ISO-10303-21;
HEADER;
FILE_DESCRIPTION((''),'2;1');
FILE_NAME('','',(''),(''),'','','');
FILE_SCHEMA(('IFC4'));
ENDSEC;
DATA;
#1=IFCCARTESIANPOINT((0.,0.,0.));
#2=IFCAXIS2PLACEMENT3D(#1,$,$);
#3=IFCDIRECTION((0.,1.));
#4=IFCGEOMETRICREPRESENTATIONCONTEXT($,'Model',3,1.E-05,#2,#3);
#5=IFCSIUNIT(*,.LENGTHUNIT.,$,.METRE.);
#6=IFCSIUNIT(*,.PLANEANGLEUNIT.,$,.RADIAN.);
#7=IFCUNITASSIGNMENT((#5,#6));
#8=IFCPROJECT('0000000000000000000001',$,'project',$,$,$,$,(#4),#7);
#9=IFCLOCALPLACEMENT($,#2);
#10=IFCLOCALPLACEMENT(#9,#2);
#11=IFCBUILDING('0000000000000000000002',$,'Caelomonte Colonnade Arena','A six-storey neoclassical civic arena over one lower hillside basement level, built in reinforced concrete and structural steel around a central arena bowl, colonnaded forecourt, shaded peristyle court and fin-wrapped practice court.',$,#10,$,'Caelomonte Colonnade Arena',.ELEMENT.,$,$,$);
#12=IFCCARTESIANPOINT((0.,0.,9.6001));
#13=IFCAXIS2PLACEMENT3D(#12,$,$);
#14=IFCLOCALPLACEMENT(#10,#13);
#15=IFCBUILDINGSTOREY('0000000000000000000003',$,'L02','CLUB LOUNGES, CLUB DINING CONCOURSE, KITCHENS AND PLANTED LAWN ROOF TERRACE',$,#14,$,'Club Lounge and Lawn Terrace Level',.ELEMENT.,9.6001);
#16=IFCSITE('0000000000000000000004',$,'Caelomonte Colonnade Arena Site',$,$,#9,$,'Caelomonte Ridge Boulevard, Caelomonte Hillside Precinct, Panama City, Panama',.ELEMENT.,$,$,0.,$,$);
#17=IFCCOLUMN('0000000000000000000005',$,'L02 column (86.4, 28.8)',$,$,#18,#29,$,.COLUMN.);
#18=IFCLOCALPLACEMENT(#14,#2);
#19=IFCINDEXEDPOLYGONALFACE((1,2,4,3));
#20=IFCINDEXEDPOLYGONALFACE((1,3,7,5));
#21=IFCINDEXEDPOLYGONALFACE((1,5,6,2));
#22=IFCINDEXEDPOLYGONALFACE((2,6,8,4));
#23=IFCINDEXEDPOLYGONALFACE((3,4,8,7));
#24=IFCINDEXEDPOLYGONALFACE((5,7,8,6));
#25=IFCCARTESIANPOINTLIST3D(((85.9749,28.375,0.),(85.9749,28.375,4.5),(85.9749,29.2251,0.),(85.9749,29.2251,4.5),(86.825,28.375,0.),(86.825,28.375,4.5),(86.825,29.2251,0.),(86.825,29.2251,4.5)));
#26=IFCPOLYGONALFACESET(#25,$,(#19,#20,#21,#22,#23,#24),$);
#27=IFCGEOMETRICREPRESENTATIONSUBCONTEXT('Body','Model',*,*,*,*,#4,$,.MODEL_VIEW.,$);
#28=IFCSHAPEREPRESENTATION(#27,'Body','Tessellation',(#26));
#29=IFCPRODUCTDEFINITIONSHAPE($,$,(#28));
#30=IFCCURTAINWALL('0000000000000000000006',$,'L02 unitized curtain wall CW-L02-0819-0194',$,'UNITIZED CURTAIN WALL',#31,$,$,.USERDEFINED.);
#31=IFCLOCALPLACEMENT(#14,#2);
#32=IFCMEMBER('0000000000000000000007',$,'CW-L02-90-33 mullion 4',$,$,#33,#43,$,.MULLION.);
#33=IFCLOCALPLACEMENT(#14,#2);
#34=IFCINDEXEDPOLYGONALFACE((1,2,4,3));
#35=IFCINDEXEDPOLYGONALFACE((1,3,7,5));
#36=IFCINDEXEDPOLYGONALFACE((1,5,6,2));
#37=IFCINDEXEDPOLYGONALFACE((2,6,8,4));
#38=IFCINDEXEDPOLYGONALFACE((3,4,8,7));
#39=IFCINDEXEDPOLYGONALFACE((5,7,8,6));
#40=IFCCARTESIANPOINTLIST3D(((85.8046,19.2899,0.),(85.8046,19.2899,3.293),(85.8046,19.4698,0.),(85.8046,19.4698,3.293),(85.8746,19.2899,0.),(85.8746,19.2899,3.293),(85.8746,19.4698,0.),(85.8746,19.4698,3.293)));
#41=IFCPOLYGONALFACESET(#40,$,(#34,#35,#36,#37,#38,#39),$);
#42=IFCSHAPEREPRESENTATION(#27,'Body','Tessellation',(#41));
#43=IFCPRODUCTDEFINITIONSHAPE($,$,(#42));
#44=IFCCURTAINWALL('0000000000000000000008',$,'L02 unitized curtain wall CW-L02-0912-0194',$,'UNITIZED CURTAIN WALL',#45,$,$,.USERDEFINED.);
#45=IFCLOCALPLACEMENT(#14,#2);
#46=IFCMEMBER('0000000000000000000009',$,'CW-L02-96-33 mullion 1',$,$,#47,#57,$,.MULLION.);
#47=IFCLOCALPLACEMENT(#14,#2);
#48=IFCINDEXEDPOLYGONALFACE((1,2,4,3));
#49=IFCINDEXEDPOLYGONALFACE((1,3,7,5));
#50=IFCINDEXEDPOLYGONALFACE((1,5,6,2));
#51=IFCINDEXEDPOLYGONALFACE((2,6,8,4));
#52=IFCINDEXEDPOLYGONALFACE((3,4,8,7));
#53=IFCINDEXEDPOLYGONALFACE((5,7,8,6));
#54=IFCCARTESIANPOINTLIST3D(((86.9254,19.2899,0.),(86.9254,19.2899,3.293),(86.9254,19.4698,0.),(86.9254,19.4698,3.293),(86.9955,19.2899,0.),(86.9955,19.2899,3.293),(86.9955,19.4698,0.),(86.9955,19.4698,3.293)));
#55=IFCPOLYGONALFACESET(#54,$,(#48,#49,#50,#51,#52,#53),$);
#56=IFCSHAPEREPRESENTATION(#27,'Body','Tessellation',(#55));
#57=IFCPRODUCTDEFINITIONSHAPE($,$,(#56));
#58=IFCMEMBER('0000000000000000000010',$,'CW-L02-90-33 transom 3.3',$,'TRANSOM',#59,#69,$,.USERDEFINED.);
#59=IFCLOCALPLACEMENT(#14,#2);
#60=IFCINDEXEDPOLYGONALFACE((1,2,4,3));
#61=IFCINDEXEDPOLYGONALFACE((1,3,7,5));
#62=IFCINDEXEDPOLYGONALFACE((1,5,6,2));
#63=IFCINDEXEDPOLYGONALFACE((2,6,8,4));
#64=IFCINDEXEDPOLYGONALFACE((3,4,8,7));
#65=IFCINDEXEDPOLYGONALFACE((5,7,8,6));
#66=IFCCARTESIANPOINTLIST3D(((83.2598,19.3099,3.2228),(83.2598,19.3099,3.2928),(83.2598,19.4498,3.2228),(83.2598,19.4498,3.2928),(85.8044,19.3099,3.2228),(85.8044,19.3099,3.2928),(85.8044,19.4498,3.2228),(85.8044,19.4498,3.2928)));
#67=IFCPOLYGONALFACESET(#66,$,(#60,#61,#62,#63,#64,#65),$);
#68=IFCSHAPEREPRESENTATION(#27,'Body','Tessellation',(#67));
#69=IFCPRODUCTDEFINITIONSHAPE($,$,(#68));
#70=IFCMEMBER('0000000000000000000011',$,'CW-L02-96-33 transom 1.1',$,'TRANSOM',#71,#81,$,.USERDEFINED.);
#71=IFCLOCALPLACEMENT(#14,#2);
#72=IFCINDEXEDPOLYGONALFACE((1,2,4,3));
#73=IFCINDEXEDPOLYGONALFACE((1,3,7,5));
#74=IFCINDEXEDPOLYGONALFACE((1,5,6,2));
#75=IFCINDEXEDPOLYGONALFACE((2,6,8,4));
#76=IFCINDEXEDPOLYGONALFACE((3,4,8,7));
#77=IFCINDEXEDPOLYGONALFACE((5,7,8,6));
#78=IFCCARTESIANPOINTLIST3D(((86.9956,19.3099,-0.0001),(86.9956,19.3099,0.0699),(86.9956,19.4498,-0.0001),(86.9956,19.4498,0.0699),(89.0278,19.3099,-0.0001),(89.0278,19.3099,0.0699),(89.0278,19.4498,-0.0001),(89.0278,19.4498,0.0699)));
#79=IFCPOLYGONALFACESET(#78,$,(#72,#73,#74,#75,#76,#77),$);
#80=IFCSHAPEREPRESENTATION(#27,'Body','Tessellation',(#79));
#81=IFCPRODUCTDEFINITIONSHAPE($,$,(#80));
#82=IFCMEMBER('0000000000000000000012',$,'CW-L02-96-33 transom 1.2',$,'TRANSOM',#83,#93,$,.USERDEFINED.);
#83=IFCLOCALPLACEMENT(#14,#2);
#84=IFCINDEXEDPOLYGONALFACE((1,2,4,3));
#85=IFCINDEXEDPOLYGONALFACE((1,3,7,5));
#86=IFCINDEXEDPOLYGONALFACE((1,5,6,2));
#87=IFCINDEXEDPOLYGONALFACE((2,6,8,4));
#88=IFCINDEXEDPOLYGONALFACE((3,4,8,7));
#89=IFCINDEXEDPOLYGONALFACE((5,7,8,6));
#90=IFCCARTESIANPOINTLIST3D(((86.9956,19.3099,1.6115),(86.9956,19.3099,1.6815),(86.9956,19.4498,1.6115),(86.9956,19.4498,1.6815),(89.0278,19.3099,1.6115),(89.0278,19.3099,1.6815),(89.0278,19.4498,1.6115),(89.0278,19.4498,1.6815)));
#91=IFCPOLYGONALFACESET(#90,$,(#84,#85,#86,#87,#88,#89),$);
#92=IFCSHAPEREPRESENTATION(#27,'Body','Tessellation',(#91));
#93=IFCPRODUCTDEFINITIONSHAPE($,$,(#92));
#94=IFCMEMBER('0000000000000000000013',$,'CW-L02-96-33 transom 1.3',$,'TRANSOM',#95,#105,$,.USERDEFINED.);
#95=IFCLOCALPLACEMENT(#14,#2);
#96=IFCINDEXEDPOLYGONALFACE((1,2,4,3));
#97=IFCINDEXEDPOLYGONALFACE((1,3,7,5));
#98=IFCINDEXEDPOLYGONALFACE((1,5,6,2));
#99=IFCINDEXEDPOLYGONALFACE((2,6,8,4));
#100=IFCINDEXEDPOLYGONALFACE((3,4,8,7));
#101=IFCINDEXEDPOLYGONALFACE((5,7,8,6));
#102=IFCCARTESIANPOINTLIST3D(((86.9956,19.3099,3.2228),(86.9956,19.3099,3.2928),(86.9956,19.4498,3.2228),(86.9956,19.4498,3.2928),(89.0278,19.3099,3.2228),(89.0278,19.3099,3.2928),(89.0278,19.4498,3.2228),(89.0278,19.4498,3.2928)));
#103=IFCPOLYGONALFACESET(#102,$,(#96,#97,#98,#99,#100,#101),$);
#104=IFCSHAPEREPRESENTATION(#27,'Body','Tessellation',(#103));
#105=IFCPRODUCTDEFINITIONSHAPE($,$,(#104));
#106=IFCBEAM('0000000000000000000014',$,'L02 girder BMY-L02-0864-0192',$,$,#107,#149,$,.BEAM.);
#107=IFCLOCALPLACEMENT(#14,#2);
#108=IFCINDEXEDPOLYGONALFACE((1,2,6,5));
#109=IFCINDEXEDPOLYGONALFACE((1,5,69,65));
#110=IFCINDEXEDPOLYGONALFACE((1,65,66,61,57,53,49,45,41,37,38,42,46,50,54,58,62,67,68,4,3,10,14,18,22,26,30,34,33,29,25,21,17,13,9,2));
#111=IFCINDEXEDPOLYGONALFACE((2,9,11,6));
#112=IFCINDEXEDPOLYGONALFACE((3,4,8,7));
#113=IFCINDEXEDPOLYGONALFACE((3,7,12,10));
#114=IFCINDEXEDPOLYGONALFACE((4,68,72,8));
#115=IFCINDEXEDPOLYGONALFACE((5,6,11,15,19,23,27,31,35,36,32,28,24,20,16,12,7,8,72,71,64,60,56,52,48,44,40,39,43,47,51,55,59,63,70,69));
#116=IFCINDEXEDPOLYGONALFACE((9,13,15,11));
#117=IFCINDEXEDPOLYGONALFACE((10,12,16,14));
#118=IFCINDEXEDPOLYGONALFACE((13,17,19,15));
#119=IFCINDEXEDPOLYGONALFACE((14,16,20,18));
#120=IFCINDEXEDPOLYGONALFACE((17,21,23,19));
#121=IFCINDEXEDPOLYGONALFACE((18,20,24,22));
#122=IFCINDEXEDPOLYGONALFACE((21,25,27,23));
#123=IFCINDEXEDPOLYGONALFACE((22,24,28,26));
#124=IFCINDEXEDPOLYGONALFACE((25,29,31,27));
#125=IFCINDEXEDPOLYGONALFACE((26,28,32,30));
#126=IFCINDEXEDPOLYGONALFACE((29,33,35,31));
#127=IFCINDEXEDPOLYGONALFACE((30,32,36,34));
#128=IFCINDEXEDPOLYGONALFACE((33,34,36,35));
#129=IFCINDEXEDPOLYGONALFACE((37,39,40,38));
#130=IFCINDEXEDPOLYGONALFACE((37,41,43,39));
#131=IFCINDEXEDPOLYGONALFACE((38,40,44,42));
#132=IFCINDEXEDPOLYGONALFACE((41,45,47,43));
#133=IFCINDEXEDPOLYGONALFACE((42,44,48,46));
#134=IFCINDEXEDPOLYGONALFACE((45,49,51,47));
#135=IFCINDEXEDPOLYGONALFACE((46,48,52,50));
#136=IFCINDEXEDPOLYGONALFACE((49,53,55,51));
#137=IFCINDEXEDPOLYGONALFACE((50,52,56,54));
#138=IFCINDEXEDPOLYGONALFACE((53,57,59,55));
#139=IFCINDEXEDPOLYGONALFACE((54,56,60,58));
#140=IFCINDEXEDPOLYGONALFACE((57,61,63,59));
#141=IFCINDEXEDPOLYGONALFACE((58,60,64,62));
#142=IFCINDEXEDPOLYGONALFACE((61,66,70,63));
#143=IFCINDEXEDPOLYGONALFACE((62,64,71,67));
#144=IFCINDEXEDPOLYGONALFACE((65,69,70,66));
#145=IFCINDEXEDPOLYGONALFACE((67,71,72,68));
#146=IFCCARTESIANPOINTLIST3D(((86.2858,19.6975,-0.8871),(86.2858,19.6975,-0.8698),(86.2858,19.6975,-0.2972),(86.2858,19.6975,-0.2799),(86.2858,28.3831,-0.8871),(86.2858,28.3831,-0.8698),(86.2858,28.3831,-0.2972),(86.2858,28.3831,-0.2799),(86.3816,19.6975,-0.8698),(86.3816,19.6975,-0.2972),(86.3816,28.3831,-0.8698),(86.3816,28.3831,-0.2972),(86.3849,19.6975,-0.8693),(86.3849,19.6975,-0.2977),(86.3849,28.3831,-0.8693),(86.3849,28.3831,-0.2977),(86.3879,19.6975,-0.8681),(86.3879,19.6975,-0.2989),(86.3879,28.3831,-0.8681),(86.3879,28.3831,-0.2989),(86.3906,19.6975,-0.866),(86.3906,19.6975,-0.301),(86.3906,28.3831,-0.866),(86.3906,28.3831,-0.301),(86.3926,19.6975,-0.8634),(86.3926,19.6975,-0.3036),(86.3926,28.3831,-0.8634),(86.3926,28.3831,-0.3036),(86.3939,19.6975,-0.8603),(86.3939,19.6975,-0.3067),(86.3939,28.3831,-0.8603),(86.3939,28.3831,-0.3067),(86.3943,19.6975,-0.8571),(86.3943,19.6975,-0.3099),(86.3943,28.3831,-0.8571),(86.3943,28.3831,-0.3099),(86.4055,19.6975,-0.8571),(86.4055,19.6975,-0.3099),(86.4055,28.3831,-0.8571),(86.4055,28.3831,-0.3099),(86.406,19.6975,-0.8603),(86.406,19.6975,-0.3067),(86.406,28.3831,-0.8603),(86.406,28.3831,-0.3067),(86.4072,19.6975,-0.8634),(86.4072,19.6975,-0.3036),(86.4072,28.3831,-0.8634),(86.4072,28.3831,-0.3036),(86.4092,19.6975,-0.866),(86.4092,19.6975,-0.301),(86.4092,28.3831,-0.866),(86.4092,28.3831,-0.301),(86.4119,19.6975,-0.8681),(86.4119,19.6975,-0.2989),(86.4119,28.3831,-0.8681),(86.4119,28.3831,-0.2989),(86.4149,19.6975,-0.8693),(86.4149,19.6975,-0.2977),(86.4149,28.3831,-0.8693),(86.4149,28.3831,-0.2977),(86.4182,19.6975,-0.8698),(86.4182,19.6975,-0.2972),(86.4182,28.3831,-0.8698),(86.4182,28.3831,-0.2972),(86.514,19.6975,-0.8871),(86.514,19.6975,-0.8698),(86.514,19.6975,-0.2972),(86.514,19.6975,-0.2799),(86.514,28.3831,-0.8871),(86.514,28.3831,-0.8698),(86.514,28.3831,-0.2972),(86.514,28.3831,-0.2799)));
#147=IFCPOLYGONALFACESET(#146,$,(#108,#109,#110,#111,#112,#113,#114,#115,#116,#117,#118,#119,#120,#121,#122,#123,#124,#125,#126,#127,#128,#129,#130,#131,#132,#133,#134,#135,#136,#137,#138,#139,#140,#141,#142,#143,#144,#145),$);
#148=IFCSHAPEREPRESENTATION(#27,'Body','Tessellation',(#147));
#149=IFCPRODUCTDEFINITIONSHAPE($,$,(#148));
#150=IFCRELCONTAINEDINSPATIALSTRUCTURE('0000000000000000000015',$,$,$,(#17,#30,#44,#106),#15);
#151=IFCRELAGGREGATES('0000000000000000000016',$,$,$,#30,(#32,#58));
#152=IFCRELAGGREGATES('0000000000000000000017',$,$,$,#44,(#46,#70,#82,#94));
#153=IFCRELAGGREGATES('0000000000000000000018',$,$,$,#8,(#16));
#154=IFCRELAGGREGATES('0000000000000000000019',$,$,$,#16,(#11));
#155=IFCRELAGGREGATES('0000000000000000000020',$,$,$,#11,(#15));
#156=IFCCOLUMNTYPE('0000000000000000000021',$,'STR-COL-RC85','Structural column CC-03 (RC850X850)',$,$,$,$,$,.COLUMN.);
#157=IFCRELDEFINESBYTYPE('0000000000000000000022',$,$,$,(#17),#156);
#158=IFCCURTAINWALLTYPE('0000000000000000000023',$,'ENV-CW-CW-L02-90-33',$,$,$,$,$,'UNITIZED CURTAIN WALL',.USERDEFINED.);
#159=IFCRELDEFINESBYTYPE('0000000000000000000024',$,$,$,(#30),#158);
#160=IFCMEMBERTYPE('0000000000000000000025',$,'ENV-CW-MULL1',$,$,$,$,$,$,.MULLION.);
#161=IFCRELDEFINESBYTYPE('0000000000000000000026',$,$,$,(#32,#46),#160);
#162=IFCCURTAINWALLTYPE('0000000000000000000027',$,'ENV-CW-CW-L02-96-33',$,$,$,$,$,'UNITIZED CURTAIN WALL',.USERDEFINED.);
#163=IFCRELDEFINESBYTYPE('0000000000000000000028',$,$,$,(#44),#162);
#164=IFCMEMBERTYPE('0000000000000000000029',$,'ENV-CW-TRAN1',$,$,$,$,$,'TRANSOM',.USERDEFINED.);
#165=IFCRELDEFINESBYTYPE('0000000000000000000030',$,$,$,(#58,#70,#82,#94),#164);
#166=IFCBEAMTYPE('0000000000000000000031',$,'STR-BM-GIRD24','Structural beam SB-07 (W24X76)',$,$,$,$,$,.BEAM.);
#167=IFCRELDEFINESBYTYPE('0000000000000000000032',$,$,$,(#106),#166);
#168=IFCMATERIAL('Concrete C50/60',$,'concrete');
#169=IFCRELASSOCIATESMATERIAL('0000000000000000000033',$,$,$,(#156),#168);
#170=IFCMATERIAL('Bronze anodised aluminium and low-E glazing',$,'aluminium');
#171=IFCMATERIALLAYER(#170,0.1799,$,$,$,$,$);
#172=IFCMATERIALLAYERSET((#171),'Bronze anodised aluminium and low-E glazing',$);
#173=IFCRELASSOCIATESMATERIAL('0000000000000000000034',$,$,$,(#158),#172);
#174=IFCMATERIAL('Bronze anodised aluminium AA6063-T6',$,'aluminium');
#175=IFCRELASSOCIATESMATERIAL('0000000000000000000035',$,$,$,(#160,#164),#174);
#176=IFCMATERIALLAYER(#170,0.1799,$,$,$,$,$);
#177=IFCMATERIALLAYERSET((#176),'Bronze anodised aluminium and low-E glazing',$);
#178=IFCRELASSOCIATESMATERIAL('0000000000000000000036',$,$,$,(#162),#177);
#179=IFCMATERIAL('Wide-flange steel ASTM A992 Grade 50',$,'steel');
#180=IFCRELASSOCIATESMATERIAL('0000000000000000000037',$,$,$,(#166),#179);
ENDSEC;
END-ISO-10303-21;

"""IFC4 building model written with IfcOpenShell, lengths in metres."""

from ifc_helpers import new_model, si_unit, direction, frame, origin, origin_2d, place, context, subcontext, project, spatial, rectangle, i_section, extrude, material, layer, layer_set, material_profile, profile_set, type_object, element, aggregate, save


model = new_model("IFC4")

# Units and contexts
model_context = context("Model", 3, precision=1e-05, world=origin(), true_north=direction((0.0, 1.0)))
body_context = subcontext(model_context, "Body", "Model", "MODEL_VIEW")
ifc_project = project(units=[si_unit("LENGTHUNIT", "METRE"), si_unit("PLANEANGLEUNIT", "RADIAN")], contexts=[model_context])

# Site, building, storey
site_placement = place(None, origin())
site = spatial("IfcSite", under=ifc_project, at=site_placement, Name="Caelomonte Colonnade Arena Site", LongName="Caelomonte Ridge Boulevard, Caelomonte Hillside Precinct, Panama City, Panama", CompositionType="ELEMENT", RefElevation=0.0)
building_placement = place(site_placement, origin())
building = spatial("IfcBuilding", under=site, at=building_placement, Name="Caelomonte Colonnade Arena", Description="A six-storey neoclassical civic arena over one lower hillside basement level, built in reinforced concrete and structural steel around a central arena bowl, colonnaded forecourt, shaded peristyle court and fin-wrapped practice court.", LongName="Caelomonte Colonnade Arena", CompositionType="ELEMENT")
storey_placement = place(building_placement, frame((0.0, 0.0, 9.6001)))
storey = spatial("IfcBuildingStorey", under=building, at=storey_placement, Name="L02", Description="CLUB LOUNGES, CLUB DINING CONCOURSE, KITCHENS AND PLANTED LAWN ROOF TERRACE", LongName="Club Lounge and Lawn Terrace Level", CompositionType="ELEMENT", Elevation=9.6001)

# Column
ifc_material_1 = material(Name="Concrete C50/60", Category="concrete")
ifc_material_profile_1 = material_profile(ifc_material_1, rectangle(XDim=0.8501, YDim=0.8501, at=origin_2d()), Name="RC850X850")
ifc_profile_set_1 = profile_set([ifc_material_profile_1], Name="Concrete C50/60")
column_type = type_object("IfcColumnType", Name="STR-COL-RC85", Description="Structural column CC-03 (RC850X850)", PredefinedType="COLUMN", material=ifc_profile_set_1)
column_placement = place(storey_placement, frame((86.3999, 28.8, 0.0), z_axis=(0.0, 0.0, 1.0), x_axis=(1.0, 0.0, 0.0)))
element("IfcColumn", 1, at=column_placement, inside=storey, type_object=column_type, Name="L02 column (86.4, 28.8)", PredefinedType="COLUMN", context=body_context, shape_type="SweptSolid", body=[
    extrude(rectangle(XDim=0.8501, YDim=0.8501, at=origin_2d()), origin(), (0.0, 0.0, 1.0), 4.5),
])

# Curtain walls, members
ifc_material_2 = material(Name="Bronze anodised aluminium and low-E glazing", Category="aluminium")
ifc_layer_1 = layer(ifc_material_2, 0.1799)
ifc_layer_set_1 = layer_set([ifc_layer_1], Name="Bronze anodised aluminium and low-E glazing")
curtain_wall_type_1 = type_object("IfcCurtainWallType", Name="ENV-CW-CW-L02-90-33", ElementType="UNITIZED CURTAIN WALL", PredefinedType="USERDEFINED", material=ifc_layer_set_1)
curtain_wall_1_placement = place(storey_placement, origin())
curtain_wall_1 = element("IfcCurtainWall", 2, at=curtain_wall_1_placement, inside=storey, type_object=curtain_wall_type_1, Name="L02 unitized curtain wall CW-L02-0819-0194", ObjectType="UNITIZED CURTAIN WALL", PredefinedType="USERDEFINED")
ifc_material_3 = material(Name="Bronze anodised aluminium AA6063-T6", Category="aluminium")
ifc_material_profile_2 = material_profile(ifc_material_3, rectangle(XDim=0.0701, YDim=0.1799, at=origin_2d()), Name="CWM-70X180")
ifc_profile_set_2 = profile_set([ifc_material_profile_2], Name="Bronze anodised aluminium AA6063-T6")
member_type_1 = type_object("IfcMemberType", Name="ENV-CW-MULL1", PredefinedType="MULLION", material=ifc_profile_set_2)
member_1_placement = place(storey_placement, frame((85.8396, 19.3799, 0.0), z_axis=(0.0, 0.0, 1.0), x_axis=(1.0, 0.0, 0.0)))
member_1 = element("IfcMember", 3, at=member_1_placement, type_object=member_type_1, Name="CW-L02-90-33 mullion 4", PredefinedType="MULLION", context=body_context, shape_type="SweptSolid", body=[
    extrude(rectangle(XDim=0.0701, YDim=0.1799, at=origin_2d()), origin(), (0.0, 0.0, 1.0), 3.293),
])
ifc_layer_2 = layer(ifc_material_2, 0.1799)
ifc_layer_set_2 = layer_set([ifc_layer_2], Name="Bronze anodised aluminium and low-E glazing")
curtain_wall_type_2 = type_object("IfcCurtainWallType", Name="ENV-CW-CW-L02-96-33", ElementType="UNITIZED CURTAIN WALL", PredefinedType="USERDEFINED", material=ifc_layer_set_2)
curtain_wall_2_placement = place(storey_placement, origin())
curtain_wall_2 = element("IfcCurtainWall", 4, at=curtain_wall_2_placement, inside=storey, type_object=curtain_wall_type_2, Name="L02 unitized curtain wall CW-L02-0912-0194", ObjectType="UNITIZED CURTAIN WALL", PredefinedType="USERDEFINED")
member_2_placement = place(storey_placement, frame((86.9604, 19.3799, 0.0), z_axis=(0.0, 0.0, 1.0), x_axis=(1.0, 0.0, 0.0)))
member_2 = element("IfcMember", 5, at=member_2_placement, type_object=member_type_1, Name="CW-L02-96-33 mullion 1", PredefinedType="MULLION", context=body_context, shape_type="SweptSolid", body=[
    extrude(rectangle(XDim=0.0701, YDim=0.1799, at=origin_2d()), origin(), (0.0, 0.0, 1.0), 3.293),
])

# Members
ifc_material_profile_3 = material_profile(ifc_material_3, rectangle(XDim=0.0701, YDim=0.1399, at=origin_2d()), Name="CWT-70X140")
ifc_profile_set_3 = profile_set([ifc_material_profile_3], Name="Bronze anodised aluminium AA6063-T6")
member_type_2 = type_object("IfcMemberType", Name="ENV-CW-TRAN1", ElementType="TRANSOM", PredefinedType="USERDEFINED", material=ifc_profile_set_3)
member_3_placement = place(storey_placement, frame((83.2598, 19.3799, 3.2578), z_axis=(1.0, 0.0, 0.0), x_axis=(0.0, 0.0, 1.0)))
member_3 = element("IfcMember", 6, at=member_3_placement, type_object=member_type_2, Name="CW-L02-90-33 transom 3.3", ObjectType="TRANSOM", PredefinedType="USERDEFINED", context=body_context, shape_type="SweptSolid", body=[
    extrude(rectangle(XDim=0.0701, YDim=0.1399, at=origin_2d()), origin(), (0.0, 0.0, 1.0), 2.5447),
])
member_4_placement = place(storey_placement, frame((86.9956, 19.3799, 0.0349), z_axis=(1.0, 0.0, 0.0), x_axis=(0.0, 0.0, 1.0)))
member_4 = element("IfcMember", 7, at=member_4_placement, type_object=member_type_2, Name="CW-L02-96-33 transom 1.1", ObjectType="TRANSOM", PredefinedType="USERDEFINED", context=body_context, shape_type="SweptSolid", body=[
    extrude(rectangle(XDim=0.0701, YDim=0.1399, at=origin_2d()), origin(), (0.0, 0.0, 1.0), 2.0322),
])
member_5_placement = place(storey_placement, frame((86.9956, 19.3799, 1.6465), z_axis=(1.0, 0.0, 0.0), x_axis=(0.0, 0.0, 1.0)))
member_5 = element("IfcMember", 8, at=member_5_placement, type_object=member_type_2, Name="CW-L02-96-33 transom 1.2", ObjectType="TRANSOM", PredefinedType="USERDEFINED", context=body_context, shape_type="SweptSolid", body=[
    extrude(rectangle(XDim=0.0701, YDim=0.1399, at=origin_2d()), origin(), (0.0, 0.0, 1.0), 2.0322),
])
member_6_placement = place(storey_placement, frame((86.9956, 19.3799, 3.2578), z_axis=(1.0, 0.0, 0.0), x_axis=(0.0, 0.0, 1.0)))
member_6 = element("IfcMember", 9, at=member_6_placement, type_object=member_type_2, Name="CW-L02-96-33 transom 1.3", ObjectType="TRANSOM", PredefinedType="USERDEFINED", context=body_context, shape_type="SweptSolid", body=[
    extrude(rectangle(XDim=0.0701, YDim=0.1399, at=origin_2d()), origin(), (0.0, 0.0, 1.0), 2.0322),
])

# Beam
ifc_material_4 = material(Name="Wide-flange steel ASTM A992 Grade 50", Category="steel")
ifc_material_profile_4 = material_profile(ifc_material_4, i_section(OverallWidth=0.2283, OverallDepth=0.6072, WebThickness=0.0112, FlangeThickness=0.0173, FilletRadius=0.0127, at=origin_2d()), Name="W24X76")
ifc_profile_set_4 = profile_set([ifc_material_profile_4], Name="Wide-flange steel ASTM A992 Grade 50")
beam_type_1 = type_object("IfcBeamType", Name="STR-BM-GIRD24", Description="Structural beam SB-07 (W24X76)", PredefinedType="BEAM", material=ifc_profile_set_4)
beam_1_placement = place(storey_placement, frame((86.3999, 19.6975, -0.5835), z_axis=(0.0, 1.0, 0.0), x_axis=(-1.0, 0.0, 0.0)))
element("IfcBeam", 10, at=beam_1_placement, inside=storey, type_object=beam_type_1, Name="L02 girder BMY-L02-0864-0192", PredefinedType="BEAM", context=body_context, shape_type="SweptSolid", body=[
    extrude(i_section(OverallWidth=0.2283, OverallDepth=0.6072, WebThickness=0.0112, FlangeThickness=0.0173, FilletRadius=0.0127, at=origin_2d()), origin(), (0.0, 0.0, 1.0), 8.6855),
])

aggregate(curtain_wall_1, [member_1, member_3])
aggregate(curtain_wall_2, [member_2, member_4, member_5, member_6])

save(model, "model.ifc")
